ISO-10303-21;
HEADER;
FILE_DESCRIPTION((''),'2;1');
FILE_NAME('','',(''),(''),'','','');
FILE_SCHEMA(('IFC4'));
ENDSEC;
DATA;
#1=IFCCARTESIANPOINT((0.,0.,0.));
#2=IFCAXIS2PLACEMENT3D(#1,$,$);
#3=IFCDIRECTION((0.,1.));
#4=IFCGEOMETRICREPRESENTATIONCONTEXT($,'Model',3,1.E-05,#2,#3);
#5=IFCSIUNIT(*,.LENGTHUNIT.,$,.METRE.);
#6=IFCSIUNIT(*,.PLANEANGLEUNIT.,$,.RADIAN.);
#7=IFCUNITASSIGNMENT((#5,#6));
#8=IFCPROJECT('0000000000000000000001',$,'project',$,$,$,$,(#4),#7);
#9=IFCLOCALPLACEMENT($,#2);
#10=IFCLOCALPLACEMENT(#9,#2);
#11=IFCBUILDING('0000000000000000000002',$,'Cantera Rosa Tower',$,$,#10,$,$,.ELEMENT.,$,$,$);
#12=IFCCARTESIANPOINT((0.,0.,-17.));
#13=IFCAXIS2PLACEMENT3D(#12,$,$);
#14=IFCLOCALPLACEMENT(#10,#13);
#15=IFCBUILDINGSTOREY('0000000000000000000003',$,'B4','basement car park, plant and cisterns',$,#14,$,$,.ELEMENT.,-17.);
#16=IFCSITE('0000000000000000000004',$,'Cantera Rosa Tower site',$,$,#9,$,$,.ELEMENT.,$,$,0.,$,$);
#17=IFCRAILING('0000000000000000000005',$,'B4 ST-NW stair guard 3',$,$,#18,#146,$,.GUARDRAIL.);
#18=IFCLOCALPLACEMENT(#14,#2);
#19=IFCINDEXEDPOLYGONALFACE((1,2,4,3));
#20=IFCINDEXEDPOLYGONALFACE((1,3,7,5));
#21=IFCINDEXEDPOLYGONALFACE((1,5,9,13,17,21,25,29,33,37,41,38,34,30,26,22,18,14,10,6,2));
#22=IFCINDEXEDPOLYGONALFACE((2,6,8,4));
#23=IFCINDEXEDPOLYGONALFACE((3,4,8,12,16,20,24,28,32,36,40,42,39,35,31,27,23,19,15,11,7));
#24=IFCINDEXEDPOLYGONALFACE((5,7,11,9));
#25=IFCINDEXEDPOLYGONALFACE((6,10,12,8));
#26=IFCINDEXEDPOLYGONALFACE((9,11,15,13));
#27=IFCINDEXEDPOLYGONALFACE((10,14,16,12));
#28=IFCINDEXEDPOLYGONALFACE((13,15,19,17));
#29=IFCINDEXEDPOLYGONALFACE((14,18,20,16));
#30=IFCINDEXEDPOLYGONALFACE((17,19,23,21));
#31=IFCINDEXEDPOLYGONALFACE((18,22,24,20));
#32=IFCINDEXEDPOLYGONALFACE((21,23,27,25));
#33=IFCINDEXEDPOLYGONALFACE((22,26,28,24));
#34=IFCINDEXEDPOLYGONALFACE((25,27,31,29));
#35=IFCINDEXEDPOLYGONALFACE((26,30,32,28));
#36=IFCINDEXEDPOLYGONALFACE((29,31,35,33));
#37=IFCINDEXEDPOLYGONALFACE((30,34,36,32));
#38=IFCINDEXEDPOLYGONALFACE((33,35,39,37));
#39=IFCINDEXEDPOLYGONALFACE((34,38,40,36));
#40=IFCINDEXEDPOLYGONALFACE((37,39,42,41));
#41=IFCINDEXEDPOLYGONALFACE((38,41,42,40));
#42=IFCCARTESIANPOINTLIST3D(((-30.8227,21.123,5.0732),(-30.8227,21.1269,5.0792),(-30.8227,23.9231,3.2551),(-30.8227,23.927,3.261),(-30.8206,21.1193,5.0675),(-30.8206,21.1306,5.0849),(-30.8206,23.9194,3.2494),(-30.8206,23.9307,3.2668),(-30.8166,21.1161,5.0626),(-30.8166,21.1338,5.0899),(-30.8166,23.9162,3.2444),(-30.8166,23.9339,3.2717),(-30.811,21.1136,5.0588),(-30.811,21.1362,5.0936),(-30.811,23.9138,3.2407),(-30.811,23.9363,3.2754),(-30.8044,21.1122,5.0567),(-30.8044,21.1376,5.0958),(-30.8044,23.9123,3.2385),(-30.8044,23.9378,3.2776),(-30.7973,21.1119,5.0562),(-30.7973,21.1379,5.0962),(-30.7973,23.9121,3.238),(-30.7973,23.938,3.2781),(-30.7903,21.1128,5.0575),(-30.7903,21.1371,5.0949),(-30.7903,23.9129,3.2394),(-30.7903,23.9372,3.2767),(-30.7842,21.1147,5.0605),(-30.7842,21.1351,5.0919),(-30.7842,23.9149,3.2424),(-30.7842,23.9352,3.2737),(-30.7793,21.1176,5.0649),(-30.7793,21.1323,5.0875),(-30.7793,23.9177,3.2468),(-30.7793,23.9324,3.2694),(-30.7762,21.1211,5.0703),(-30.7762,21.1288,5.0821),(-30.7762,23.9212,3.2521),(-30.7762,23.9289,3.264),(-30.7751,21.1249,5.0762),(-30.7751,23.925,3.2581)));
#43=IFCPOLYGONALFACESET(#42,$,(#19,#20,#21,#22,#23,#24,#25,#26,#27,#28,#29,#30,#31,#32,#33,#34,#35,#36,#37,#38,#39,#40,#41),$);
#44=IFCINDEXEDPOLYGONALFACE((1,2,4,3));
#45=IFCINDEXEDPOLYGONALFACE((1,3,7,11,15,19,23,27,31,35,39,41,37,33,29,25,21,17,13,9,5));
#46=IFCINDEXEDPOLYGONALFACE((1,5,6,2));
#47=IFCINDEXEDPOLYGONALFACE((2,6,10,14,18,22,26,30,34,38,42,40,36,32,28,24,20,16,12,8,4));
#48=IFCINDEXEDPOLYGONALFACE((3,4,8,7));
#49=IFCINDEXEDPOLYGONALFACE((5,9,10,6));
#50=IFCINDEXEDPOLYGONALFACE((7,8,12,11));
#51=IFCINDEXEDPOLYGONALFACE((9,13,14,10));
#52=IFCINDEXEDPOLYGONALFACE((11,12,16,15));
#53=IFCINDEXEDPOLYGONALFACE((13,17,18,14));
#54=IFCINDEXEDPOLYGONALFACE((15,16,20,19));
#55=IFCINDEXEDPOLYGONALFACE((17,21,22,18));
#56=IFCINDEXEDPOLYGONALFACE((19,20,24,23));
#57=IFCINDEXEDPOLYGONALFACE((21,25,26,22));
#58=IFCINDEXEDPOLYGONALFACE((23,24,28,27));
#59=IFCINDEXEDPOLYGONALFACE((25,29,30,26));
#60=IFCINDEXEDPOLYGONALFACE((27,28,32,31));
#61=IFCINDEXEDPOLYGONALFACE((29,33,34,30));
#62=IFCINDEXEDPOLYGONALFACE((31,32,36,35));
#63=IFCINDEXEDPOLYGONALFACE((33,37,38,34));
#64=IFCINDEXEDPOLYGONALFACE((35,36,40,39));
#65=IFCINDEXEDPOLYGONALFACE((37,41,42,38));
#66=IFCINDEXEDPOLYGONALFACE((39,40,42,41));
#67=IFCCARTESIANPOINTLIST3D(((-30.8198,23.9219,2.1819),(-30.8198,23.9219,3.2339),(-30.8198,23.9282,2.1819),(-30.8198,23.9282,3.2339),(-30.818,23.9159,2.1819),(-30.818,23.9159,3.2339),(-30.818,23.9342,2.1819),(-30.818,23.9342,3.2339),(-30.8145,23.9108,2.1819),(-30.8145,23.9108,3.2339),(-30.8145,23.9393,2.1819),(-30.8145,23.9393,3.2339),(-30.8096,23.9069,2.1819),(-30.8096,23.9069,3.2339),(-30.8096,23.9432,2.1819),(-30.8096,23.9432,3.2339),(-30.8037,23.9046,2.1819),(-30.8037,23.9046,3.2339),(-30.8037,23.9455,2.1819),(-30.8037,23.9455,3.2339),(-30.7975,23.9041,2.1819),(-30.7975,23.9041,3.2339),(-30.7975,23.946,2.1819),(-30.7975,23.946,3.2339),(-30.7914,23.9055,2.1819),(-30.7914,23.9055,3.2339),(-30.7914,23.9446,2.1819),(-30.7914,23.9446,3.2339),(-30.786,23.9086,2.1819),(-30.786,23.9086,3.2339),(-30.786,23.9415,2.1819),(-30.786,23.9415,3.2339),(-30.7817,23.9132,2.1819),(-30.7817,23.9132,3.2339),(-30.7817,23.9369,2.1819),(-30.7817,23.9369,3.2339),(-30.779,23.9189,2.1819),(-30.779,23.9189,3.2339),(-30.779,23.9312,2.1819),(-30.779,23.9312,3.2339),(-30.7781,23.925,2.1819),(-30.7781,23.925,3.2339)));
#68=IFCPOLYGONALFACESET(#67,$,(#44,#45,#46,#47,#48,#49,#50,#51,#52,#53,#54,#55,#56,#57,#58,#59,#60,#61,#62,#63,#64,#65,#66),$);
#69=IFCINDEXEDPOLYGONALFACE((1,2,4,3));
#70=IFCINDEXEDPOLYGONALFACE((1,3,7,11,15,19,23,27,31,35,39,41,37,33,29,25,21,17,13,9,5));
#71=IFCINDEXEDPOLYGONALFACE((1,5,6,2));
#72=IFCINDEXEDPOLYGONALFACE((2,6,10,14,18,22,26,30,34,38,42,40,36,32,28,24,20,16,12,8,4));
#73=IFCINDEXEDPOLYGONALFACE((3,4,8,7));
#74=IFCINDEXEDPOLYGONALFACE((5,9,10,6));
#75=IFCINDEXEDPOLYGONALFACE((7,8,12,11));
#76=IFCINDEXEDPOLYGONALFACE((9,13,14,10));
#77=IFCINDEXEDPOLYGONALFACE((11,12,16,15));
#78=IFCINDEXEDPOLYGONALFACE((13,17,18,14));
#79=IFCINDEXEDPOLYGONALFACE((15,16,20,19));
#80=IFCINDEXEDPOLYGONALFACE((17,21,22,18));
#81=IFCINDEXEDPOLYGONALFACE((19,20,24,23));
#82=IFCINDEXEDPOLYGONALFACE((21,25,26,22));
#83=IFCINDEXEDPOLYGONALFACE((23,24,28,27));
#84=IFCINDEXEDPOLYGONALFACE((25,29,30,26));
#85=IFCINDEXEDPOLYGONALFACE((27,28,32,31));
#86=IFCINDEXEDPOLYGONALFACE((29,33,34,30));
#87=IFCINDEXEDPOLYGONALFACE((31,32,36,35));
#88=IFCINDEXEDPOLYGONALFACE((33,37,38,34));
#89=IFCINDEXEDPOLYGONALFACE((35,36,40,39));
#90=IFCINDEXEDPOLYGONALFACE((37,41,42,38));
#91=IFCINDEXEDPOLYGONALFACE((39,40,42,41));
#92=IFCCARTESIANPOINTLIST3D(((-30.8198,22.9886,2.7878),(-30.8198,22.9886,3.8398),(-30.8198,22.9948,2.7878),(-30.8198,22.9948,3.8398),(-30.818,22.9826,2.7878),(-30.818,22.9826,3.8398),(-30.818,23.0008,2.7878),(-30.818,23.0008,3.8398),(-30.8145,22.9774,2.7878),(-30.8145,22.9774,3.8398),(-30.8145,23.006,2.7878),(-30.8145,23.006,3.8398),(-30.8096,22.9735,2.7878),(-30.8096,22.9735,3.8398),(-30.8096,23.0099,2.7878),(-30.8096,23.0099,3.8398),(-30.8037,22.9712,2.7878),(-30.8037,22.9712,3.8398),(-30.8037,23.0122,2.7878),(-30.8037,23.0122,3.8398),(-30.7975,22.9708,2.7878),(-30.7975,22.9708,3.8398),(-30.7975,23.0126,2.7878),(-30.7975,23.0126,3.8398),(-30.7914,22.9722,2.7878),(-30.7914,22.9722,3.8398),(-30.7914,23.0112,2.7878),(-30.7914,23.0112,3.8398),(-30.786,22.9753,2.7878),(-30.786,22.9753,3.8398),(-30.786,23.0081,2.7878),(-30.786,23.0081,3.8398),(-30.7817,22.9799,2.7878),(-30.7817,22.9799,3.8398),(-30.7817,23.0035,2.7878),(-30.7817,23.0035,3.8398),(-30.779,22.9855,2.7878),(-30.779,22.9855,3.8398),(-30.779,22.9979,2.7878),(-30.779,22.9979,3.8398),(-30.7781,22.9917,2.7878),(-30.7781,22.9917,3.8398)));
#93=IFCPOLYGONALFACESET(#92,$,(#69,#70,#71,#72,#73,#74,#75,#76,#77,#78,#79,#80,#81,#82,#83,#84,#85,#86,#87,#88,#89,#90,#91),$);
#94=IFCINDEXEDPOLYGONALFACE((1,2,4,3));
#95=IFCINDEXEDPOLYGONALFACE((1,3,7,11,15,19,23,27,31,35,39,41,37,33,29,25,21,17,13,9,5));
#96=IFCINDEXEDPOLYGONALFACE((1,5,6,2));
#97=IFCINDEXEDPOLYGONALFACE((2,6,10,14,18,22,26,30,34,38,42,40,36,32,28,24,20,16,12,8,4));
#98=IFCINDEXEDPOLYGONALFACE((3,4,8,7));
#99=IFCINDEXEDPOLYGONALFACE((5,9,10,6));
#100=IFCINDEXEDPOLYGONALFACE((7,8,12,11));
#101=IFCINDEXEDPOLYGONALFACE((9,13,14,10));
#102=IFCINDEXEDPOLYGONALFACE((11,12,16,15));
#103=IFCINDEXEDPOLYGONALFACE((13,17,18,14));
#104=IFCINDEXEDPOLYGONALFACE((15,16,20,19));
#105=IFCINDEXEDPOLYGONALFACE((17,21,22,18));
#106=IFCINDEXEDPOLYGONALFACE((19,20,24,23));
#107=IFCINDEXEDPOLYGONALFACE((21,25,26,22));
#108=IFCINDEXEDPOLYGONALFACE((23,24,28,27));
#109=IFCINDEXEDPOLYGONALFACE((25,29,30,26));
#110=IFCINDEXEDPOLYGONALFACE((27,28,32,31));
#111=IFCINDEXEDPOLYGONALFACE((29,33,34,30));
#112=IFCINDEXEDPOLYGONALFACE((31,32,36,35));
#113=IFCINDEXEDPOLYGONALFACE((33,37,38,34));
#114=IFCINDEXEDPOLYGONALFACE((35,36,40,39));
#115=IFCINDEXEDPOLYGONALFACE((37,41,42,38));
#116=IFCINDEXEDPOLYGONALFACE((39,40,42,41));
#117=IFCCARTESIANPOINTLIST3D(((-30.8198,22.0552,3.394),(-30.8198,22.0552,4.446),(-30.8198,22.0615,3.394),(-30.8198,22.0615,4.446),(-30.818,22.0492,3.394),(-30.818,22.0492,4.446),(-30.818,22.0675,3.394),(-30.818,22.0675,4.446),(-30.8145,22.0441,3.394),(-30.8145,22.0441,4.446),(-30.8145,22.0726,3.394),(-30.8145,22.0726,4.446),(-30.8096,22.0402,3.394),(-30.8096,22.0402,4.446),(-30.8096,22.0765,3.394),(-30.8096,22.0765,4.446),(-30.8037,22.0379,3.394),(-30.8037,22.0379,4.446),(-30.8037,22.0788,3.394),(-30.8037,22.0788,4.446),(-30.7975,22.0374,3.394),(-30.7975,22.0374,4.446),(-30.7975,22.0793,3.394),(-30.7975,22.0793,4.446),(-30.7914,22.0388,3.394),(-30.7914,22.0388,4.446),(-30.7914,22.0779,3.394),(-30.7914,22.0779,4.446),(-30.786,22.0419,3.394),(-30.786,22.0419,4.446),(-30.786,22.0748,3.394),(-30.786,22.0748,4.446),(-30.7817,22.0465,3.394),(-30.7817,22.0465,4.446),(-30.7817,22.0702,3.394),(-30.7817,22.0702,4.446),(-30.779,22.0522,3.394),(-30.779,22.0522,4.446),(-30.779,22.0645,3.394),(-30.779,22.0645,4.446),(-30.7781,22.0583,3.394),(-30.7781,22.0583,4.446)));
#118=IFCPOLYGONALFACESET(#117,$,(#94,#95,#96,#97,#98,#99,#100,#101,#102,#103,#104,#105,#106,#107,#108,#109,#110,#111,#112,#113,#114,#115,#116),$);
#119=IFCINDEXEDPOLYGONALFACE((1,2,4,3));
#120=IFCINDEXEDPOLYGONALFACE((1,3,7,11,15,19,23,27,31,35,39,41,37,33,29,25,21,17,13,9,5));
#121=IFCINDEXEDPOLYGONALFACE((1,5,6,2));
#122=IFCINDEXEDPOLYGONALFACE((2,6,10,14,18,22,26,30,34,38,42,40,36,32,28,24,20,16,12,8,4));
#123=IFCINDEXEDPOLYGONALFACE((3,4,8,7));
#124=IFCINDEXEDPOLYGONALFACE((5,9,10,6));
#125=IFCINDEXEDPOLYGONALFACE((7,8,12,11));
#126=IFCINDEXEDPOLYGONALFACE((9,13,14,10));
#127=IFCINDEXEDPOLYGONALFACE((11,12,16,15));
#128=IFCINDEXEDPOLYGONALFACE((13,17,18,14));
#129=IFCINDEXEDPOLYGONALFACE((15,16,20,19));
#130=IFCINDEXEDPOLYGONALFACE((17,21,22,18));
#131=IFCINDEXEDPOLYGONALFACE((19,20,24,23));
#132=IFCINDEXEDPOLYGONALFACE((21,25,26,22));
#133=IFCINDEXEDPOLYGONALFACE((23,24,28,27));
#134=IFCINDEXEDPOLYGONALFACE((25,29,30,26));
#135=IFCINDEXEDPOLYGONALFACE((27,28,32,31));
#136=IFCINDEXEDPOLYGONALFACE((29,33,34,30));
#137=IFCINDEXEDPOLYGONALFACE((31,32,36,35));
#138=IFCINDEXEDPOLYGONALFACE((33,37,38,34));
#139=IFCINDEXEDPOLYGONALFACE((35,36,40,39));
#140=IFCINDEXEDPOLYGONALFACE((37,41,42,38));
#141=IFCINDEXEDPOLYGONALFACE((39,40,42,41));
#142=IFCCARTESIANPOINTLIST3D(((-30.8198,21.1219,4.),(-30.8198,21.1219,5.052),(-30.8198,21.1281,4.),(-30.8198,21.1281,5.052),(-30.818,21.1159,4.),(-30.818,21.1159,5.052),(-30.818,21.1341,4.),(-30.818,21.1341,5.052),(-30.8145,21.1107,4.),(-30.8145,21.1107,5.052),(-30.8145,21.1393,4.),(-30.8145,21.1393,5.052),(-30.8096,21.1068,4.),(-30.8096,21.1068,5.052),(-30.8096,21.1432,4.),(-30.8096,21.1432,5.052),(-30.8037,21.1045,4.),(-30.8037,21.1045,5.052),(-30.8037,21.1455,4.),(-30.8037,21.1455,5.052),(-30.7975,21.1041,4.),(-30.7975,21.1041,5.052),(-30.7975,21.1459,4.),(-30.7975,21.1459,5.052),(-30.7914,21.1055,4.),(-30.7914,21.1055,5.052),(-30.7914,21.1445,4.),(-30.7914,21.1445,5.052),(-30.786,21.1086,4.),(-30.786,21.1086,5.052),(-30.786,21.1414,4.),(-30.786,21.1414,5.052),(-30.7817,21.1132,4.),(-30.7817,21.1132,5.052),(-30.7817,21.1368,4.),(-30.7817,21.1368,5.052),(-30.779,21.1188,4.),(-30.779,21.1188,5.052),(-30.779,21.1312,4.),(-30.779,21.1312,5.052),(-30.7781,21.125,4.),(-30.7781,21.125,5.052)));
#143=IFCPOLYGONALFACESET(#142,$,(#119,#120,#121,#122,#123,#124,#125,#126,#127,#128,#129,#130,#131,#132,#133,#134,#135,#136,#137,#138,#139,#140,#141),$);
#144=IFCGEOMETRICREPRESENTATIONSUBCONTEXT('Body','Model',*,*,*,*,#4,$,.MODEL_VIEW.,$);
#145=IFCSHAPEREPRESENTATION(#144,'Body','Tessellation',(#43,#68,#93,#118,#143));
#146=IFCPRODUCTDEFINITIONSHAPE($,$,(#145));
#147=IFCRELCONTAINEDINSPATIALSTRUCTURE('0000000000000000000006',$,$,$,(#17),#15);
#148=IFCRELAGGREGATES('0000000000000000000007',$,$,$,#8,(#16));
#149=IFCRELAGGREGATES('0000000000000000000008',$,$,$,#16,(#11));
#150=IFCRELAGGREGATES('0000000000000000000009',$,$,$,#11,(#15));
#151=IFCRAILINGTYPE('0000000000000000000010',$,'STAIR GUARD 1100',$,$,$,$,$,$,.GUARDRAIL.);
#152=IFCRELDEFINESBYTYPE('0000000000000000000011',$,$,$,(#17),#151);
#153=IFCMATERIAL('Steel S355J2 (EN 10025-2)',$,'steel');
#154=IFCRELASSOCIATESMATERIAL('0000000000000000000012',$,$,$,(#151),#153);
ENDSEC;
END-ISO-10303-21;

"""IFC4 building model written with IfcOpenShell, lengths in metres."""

from ifc_helpers import new_model, si_unit, direction, frame, origin, origin_2d, place, context, subcontext, project, spatial, circle, extrude, material, type_object, element, save


model = new_model("IFC4")

# Units and contexts
model_context = context("Model", 3, precision=1e-05, world=origin(), true_north=direction((0.0, 1.0)))
body_context = subcontext(model_context, "Body", "Model", "MODEL_VIEW")
ifc_project = project(units=[si_unit("LENGTHUNIT", "METRE"), si_unit("PLANEANGLEUNIT", "RADIAN")], contexts=[model_context])

# Site, building, storey
site_placement = place(None, origin())
site = spatial("IfcSite", under=ifc_project, at=site_placement, Name="Cantera Rosa Tower site", CompositionType="ELEMENT", RefElevation=0.0)
building_placement = place(site_placement, origin())
building = spatial("IfcBuilding", under=site, at=building_placement, Name="Cantera Rosa Tower", CompositionType="ELEMENT")
storey_placement = place(building_placement, frame((0.0, 0.0, -17.0)))
storey = spatial("IfcBuildingStorey", under=building, at=storey_placement, Name="B4", Description="basement car park, plant and cisterns", CompositionType="ELEMENT", Elevation=-17.0)

# Railing
ifc_material_1 = material(Name="Steel S355J2 (EN 10025-2)", Category="steel")
railing_type_1 = type_object("IfcRailingType", Name="STAIR GUARD 1100", PredefinedType="GUARDRAIL", material=ifc_material_1)
railing_1_placement = place(storey_placement, frame((-30.7991, 23.925, 2.1819)))
element("IfcRailing", 1, at=railing_1_placement, inside=storey, type_object=railing_type_1, Name="B4 ST-NW stair guard 3", PredefinedType="GUARDRAIL", context=body_context, shape_type="SweptSolid", body=[
    extrude(circle(Radius=0.0239, at=origin_2d()), frame((0.0, 0.0, 1.0762), z_axis=(0.0, -0.838706, 0.544585), x_axis=(1.0, 0.0, 0.0)), (0.0, 0.0, 1.0), 3.3386),
    extrude(circle(Radius=0.021, at=origin_2d()), origin(), (0.0, 0.0, 1.0), 1.052),
    extrude(circle(Radius=0.021, at=origin_2d()), frame((0.0, -0.9333, 0.606)), (0.0, 0.0, 1.0), 1.052),
    extrude(circle(Radius=0.021, at=origin_2d()), frame((0.0, -1.8667, 1.2122)), (0.0, 0.0, 1.0), 1.052),
    extrude(circle(Radius=0.021, at=origin_2d()), frame((0.0, -2.8, 1.8181)), (0.0, 0.0, 1.0), 1.052),
])

save(model, "model.ifc")
